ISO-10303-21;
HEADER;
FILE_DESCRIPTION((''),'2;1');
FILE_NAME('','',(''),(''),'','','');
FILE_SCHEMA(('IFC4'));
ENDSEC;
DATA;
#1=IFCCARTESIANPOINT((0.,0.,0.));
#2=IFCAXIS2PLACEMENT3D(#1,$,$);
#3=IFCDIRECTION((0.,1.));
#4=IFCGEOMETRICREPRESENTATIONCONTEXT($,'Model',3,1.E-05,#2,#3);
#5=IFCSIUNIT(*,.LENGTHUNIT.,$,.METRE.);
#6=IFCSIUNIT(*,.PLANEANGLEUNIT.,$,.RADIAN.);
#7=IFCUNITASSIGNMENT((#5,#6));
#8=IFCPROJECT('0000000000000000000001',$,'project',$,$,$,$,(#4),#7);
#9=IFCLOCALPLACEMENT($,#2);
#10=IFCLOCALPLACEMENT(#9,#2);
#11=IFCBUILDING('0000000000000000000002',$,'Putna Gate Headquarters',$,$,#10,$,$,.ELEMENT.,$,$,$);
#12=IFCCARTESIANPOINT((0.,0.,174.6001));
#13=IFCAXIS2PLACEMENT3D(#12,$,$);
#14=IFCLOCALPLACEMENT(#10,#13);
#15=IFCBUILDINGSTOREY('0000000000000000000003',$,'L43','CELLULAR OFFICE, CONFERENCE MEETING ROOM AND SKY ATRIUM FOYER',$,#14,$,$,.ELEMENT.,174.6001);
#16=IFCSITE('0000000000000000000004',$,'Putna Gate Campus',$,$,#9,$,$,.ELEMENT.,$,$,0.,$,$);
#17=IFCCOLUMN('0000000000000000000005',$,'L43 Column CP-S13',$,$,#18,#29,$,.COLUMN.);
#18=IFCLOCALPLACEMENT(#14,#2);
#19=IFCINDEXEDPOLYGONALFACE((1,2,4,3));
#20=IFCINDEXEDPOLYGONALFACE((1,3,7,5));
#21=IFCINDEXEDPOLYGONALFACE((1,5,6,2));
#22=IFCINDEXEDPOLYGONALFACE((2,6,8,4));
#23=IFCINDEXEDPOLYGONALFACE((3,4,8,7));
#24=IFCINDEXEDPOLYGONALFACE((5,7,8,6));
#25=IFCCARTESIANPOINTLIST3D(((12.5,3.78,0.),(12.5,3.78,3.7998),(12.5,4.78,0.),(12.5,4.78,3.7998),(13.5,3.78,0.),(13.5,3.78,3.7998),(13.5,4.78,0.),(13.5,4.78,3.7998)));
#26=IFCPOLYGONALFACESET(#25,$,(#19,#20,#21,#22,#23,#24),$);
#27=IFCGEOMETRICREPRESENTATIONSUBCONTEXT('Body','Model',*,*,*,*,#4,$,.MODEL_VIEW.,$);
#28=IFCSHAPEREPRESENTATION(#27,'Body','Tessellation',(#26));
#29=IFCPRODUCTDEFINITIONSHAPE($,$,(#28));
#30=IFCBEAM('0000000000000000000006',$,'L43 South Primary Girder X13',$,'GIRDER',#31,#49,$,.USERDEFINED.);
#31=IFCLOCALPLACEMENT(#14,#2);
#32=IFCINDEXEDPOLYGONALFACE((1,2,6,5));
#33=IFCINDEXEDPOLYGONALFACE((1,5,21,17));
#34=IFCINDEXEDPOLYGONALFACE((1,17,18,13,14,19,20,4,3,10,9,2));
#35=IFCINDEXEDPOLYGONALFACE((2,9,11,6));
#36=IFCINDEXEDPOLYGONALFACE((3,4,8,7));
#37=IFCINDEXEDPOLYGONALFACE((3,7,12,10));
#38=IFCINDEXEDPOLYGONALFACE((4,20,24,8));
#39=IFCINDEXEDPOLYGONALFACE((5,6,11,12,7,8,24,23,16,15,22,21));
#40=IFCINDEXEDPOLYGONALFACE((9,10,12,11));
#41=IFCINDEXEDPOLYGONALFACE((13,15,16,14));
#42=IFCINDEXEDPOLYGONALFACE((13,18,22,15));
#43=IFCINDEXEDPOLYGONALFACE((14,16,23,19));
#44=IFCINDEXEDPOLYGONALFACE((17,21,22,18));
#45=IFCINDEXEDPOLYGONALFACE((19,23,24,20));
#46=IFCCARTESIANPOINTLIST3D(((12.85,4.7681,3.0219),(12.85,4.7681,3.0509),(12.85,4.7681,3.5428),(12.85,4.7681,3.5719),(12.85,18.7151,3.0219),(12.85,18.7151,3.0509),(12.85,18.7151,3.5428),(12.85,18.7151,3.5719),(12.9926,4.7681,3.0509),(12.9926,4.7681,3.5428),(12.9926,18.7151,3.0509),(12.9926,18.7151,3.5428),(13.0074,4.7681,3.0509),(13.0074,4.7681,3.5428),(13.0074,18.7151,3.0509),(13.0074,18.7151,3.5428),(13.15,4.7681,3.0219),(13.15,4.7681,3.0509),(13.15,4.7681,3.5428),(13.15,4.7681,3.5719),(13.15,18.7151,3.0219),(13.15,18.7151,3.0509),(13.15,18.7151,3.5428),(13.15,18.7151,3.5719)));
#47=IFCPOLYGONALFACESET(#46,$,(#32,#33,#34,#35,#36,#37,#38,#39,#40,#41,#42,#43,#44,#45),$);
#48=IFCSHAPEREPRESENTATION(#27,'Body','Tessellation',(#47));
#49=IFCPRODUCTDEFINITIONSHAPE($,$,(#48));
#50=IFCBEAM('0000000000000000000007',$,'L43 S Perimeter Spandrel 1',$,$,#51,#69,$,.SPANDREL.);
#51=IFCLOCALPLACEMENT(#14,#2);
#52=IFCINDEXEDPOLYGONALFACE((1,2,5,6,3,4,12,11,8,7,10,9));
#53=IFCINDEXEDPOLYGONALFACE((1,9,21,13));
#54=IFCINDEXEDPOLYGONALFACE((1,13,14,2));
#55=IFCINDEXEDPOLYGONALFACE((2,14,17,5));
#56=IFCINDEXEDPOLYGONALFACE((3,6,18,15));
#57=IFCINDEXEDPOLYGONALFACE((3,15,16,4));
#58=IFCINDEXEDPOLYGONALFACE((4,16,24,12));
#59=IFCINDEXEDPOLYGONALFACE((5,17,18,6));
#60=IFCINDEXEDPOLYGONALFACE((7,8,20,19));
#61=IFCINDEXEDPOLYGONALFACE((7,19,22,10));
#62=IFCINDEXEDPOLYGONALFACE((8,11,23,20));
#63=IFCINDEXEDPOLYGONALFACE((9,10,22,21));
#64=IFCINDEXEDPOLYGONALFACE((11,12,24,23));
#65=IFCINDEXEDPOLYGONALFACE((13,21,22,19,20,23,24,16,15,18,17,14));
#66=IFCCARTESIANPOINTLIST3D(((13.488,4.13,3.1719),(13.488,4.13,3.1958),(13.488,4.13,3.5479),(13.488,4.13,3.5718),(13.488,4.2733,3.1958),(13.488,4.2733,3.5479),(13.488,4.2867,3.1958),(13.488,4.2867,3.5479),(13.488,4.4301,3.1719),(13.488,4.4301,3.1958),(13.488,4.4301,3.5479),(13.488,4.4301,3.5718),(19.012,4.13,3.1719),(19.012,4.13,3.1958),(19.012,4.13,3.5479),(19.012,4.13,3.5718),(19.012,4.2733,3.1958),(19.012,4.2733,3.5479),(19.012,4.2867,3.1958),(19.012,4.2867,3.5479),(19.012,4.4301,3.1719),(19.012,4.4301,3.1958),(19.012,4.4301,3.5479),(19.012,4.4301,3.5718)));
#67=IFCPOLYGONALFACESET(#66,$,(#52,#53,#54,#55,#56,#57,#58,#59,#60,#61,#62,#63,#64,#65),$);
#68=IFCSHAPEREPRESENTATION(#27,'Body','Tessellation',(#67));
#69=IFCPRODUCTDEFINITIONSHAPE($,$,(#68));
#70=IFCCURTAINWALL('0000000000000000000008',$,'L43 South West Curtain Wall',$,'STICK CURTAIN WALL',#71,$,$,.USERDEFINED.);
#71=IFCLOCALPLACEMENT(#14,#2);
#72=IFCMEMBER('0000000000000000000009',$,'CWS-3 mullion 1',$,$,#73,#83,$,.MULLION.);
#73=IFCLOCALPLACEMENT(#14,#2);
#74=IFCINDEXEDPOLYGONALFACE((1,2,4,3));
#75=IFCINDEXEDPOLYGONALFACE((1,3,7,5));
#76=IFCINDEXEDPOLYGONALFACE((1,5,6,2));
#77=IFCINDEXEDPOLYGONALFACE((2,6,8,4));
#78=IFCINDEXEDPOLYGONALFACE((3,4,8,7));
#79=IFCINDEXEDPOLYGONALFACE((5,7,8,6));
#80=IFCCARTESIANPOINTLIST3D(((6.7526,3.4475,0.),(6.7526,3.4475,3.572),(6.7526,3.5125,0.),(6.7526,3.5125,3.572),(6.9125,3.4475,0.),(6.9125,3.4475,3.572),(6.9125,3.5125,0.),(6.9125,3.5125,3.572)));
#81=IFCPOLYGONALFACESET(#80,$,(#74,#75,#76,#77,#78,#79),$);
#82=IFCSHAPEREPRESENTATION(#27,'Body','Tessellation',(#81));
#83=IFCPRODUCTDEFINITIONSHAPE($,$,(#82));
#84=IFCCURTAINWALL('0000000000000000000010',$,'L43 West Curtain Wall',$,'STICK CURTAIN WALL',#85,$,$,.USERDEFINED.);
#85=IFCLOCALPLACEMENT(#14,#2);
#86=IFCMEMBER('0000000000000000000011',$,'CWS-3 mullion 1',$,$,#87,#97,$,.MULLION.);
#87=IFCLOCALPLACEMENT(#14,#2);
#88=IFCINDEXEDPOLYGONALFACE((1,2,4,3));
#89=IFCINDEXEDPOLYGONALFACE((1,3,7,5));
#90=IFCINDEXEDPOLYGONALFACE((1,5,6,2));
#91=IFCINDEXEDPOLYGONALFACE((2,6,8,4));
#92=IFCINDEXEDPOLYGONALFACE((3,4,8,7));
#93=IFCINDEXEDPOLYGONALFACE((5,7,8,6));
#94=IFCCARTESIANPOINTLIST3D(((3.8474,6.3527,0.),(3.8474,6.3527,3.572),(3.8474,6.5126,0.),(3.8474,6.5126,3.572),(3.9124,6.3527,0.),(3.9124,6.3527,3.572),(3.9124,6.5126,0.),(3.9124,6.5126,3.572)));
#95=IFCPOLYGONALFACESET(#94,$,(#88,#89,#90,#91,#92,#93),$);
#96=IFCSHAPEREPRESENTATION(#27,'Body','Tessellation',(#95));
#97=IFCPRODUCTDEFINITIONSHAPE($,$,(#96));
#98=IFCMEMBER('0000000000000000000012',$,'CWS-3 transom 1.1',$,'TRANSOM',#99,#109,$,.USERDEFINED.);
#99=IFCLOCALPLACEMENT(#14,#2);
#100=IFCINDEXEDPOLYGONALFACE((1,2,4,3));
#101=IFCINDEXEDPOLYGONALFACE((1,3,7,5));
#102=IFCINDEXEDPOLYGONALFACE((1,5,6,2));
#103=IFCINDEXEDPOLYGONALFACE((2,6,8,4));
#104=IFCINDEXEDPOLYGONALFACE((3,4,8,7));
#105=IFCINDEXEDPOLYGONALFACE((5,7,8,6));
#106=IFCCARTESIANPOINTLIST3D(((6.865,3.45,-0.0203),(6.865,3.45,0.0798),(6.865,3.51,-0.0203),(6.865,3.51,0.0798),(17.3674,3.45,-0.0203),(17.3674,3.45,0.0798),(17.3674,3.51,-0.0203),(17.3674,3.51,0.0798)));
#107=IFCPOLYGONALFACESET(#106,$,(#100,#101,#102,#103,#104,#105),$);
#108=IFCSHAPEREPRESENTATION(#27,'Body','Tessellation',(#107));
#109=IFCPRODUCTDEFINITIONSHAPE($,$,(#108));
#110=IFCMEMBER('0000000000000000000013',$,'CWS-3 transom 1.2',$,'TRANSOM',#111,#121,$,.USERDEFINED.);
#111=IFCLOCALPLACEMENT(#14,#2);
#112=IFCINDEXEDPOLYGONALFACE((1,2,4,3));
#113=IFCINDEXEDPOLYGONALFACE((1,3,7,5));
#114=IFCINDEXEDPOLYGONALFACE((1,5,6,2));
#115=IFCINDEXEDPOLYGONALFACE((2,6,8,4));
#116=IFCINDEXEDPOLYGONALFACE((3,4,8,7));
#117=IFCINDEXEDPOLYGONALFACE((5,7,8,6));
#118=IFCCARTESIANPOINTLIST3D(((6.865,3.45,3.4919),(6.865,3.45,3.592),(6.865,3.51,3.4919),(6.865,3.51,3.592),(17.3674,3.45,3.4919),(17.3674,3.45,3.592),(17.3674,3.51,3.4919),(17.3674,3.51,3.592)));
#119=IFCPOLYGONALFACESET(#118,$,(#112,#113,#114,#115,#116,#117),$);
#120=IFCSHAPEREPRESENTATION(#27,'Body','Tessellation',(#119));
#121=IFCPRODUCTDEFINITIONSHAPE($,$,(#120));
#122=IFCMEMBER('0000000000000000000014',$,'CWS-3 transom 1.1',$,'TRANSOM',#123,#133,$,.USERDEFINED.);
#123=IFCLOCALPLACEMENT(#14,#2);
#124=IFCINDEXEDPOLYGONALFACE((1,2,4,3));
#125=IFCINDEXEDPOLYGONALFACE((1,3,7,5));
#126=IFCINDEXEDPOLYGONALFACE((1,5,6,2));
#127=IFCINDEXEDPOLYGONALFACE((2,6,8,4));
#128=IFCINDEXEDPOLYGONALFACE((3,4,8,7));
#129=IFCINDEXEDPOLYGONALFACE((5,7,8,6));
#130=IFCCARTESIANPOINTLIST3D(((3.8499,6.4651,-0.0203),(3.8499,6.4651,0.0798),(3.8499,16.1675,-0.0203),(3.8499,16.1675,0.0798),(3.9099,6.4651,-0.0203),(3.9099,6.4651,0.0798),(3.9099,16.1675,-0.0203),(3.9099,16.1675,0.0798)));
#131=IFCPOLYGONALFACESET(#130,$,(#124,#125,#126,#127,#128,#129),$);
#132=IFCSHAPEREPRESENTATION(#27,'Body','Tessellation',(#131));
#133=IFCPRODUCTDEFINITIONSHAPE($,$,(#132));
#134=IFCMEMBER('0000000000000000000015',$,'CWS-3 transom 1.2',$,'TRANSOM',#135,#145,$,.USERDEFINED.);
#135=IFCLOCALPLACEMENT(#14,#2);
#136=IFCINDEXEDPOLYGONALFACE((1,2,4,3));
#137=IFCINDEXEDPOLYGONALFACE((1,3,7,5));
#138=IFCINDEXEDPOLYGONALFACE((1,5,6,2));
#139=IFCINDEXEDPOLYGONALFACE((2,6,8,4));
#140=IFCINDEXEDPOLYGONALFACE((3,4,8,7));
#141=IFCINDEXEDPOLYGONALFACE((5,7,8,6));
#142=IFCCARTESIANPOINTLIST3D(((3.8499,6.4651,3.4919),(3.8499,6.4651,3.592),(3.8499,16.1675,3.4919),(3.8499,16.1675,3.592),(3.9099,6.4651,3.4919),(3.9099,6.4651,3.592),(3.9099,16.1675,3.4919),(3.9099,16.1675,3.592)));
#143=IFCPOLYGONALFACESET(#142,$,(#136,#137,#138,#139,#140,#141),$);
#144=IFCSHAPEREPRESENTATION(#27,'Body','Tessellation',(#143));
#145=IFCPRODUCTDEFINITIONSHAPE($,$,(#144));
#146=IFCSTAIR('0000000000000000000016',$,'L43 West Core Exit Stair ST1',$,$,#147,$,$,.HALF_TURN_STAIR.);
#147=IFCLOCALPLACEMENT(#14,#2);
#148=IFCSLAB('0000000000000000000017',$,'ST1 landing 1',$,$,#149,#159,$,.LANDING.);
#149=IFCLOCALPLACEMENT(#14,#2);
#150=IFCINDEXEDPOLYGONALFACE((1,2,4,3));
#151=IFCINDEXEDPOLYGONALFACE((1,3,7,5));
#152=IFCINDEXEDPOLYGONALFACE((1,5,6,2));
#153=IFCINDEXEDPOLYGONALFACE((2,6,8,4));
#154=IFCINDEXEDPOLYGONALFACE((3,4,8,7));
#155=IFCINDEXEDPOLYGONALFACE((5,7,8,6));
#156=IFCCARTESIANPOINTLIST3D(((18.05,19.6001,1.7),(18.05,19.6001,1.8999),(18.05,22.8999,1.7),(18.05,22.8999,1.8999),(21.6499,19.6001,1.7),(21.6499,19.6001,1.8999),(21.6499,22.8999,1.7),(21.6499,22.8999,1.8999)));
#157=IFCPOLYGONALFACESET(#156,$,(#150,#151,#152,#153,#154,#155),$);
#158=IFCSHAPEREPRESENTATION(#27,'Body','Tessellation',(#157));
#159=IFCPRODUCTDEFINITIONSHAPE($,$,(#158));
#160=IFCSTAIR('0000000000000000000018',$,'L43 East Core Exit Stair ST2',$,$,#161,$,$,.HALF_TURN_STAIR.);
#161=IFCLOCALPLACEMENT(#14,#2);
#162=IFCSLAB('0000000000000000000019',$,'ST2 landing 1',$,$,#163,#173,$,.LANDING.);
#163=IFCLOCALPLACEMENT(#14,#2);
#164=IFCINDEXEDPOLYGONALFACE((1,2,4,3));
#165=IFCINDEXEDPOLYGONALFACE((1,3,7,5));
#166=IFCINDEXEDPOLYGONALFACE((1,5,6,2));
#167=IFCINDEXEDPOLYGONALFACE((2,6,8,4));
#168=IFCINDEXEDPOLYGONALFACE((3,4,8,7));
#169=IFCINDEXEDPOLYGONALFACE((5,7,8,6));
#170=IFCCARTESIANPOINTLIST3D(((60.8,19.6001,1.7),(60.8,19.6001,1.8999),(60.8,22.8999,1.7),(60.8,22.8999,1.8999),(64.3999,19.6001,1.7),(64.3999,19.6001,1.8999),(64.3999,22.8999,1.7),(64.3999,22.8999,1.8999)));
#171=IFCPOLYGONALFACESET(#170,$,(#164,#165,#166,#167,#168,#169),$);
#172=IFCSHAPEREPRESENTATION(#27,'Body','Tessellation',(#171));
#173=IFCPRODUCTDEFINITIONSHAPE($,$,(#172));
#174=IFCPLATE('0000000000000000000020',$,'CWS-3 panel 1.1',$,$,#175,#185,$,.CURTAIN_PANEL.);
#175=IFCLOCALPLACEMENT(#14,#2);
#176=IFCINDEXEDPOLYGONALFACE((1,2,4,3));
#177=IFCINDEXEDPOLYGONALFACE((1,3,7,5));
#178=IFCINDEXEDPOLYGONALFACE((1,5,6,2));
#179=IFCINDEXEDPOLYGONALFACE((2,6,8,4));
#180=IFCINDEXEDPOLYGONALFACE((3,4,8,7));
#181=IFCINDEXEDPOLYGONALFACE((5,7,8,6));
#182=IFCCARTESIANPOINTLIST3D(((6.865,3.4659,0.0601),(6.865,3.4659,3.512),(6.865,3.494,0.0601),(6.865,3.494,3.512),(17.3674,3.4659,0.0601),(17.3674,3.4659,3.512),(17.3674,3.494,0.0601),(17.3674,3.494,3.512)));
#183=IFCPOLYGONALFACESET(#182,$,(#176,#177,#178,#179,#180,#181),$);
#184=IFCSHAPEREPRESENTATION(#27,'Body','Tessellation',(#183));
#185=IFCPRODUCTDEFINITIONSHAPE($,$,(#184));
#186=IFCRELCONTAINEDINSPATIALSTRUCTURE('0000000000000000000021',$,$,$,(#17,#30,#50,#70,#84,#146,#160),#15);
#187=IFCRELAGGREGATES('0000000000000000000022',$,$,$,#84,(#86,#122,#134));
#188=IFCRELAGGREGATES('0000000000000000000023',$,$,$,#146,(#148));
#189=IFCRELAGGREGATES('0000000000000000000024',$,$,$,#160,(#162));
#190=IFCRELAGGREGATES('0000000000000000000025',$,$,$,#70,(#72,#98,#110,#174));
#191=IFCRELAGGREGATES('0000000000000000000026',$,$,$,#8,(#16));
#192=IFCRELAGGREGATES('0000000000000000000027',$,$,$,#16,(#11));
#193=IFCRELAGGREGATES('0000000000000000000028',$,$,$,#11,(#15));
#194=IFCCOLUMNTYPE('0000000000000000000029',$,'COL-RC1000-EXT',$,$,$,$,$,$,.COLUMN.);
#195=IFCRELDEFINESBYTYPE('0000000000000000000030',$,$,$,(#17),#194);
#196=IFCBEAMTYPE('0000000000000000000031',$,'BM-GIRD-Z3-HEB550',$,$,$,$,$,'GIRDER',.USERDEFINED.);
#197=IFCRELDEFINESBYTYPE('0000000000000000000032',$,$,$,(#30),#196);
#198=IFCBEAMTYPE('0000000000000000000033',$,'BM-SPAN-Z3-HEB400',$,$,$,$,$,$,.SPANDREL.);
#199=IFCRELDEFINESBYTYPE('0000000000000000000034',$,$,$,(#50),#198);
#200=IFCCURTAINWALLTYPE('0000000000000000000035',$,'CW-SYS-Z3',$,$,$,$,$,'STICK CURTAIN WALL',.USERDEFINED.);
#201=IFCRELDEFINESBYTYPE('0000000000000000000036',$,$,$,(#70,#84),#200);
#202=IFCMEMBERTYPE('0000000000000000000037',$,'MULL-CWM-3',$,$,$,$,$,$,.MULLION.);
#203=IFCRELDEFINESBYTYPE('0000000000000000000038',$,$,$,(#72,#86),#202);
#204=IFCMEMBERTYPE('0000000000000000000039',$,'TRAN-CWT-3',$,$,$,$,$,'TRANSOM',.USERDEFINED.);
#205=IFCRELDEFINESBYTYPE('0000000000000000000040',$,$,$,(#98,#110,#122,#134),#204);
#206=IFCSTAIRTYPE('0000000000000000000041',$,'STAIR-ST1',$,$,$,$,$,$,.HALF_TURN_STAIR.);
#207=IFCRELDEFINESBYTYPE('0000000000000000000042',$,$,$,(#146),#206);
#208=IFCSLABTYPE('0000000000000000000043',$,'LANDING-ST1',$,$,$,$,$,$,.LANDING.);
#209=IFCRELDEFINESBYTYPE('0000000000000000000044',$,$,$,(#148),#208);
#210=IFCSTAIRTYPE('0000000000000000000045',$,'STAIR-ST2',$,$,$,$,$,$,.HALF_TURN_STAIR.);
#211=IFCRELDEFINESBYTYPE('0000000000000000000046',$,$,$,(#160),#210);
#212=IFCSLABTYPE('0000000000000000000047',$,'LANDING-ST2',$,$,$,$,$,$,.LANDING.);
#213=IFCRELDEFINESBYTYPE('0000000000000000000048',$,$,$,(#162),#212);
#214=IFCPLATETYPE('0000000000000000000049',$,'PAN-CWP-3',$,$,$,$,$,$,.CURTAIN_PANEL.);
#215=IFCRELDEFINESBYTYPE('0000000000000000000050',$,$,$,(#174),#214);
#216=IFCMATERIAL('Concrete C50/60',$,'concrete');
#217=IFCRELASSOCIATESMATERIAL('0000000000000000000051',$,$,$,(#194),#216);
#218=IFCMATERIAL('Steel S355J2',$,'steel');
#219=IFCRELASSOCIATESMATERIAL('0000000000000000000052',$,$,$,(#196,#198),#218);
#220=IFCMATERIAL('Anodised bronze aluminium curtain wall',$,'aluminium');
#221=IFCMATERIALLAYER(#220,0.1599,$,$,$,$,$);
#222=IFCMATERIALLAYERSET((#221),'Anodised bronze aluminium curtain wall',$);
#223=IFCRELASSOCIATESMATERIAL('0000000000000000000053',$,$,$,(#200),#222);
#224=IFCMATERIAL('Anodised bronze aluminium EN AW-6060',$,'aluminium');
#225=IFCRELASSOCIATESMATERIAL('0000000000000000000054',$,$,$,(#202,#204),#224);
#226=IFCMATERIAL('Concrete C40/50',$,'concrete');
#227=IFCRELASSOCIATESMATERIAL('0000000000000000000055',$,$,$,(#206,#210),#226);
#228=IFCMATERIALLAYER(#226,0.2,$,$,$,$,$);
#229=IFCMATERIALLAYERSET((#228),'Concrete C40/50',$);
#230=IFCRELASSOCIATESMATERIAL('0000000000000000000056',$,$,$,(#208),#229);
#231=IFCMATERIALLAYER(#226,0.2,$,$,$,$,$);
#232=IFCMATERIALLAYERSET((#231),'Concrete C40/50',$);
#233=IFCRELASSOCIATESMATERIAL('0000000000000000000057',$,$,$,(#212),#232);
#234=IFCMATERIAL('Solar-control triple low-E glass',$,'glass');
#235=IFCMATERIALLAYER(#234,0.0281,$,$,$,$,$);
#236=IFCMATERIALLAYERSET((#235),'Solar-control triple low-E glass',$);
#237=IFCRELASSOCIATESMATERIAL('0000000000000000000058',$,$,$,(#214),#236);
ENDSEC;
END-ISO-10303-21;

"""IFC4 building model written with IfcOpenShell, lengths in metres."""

from ifc_helpers import new_model, si_unit, direction, frame, origin, origin_2d, place, context, subcontext, project, spatial, polyline, rectangle, i_section, outline, extrude, material, layer, layer_set, material_profile, profile_set, type_object, element, aggregate, save


model = new_model("IFC4")

# Units and contexts
model_context = context("Model", 3, precision=1e-05, world=origin(), true_north=direction((0.0, 1.0)))
body_context = subcontext(model_context, "Body", "Model", "MODEL_VIEW")
ifc_project = project(units=[si_unit("LENGTHUNIT", "METRE"), si_unit("PLANEANGLEUNIT", "RADIAN")], contexts=[model_context])

# Site, building, storey
site_placement = place(None, origin())
site = spatial("IfcSite", under=ifc_project, at=site_placement, Name="Putna Gate Campus", CompositionType="ELEMENT", RefElevation=0.0)
building_placement = place(site_placement, origin())
building = spatial("IfcBuilding", under=site, at=building_placement, Name="Putna Gate Headquarters", CompositionType="ELEMENT")
storey_placement = place(building_placement, frame((0.0, 0.0, 174.6001)))
storey = spatial("IfcBuildingStorey", under=building, at=storey_placement, Name="L43", Description="CELLULAR OFFICE, CONFERENCE MEETING ROOM AND SKY ATRIUM FOYER", CompositionType="ELEMENT", Elevation=174.6001)

# Column
ifc_material_1 = material(Name="Concrete C50/60", Category="concrete")
ifc_material_profile_1 = material_profile(ifc_material_1, rectangle(XDim=1.0, YDim=1.0, at=origin_2d()), Name="Concrete C50/60")
ifc_profile_set_1 = profile_set([ifc_material_profile_1], Name="Concrete C50/60")
column_type = type_object("IfcColumnType", Name="COL-RC1000-EXT", PredefinedType="COLUMN", material=ifc_profile_set_1)
column_placement = place(storey_placement, frame((13.0, 4.28, 0.0), z_axis=(0.0, 0.0, 1.0), x_axis=(1.0, 0.0, 0.0)))
element("IfcColumn", 1, at=column_placement, inside=storey, type_object=column_type, Name="L43 Column CP-S13", PredefinedType="COLUMN", context=body_context, shape_type="SweptSolid", body=[
    extrude(rectangle(XDim=1.0, YDim=1.0, at=origin_2d()), origin(), (0.0, 0.0, 1.0), 3.7998),
])

# Beams
ifc_material_2 = material(Name="Steel S355J2", Category="steel")
ifc_material_profile_2 = material_profile(ifc_material_2, i_section(OverallWidth=0.3, OverallDepth=0.55, WebThickness=0.0149, FlangeThickness=0.0291, at=origin_2d()), Name="Steel S355J2")
ifc_profile_set_2 = profile_set([ifc_material_profile_2], Name="Steel S355J2")
beam_type_1 = type_object("IfcBeamType", Name="BM-GIRD-Z3-HEB550", ElementType="GIRDER", PredefinedType="USERDEFINED", material=ifc_profile_set_2)
beam_1_placement = place(storey_placement, frame((13.0, 4.7681, 3.2969), z_axis=(0.0, 1.0, 0.0), x_axis=(-1.0, 0.0, 0.0)))
element("IfcBeam", 2, at=beam_1_placement, inside=storey, type_object=beam_type_1, Name="L43 South Primary Girder X13", ObjectType="GIRDER", PredefinedType="USERDEFINED", context=body_context, shape_type="SweptSolid", body=[
    extrude(i_section(OverallWidth=0.3, OverallDepth=0.55, WebThickness=0.0149, FlangeThickness=0.0291, at=origin_2d()), origin(), (0.0, 0.0, 1.0), 13.947),
])
ifc_material_profile_3 = material_profile(ifc_material_2, i_section(OverallWidth=0.3, OverallDepth=0.3999, WebThickness=0.0134, FlangeThickness=0.0239, at=origin_2d()), Name="Steel S355J2")
ifc_profile_set_3 = profile_set([ifc_material_profile_3], Name="Steel S355J2")
beam_type_2 = type_object("IfcBeamType", Name="BM-SPAN-Z3-HEB400", PredefinedType="SPANDREL", material=ifc_profile_set_3)
beam_2_placement = place(storey_placement, frame((13.488, 4.28, 3.3718), z_axis=(1.0, 0.0, 0.0), x_axis=(0.0, 1.0, 0.0)))
element("IfcBeam", 3, at=beam_2_placement, inside=storey, type_object=beam_type_2, Name="L43 S Perimeter Spandrel 1", PredefinedType="SPANDREL", context=body_context, shape_type="SweptSolid", body=[
    extrude(i_section(OverallWidth=0.3, OverallDepth=0.3999, WebThickness=0.0134, FlangeThickness=0.0239, at=origin_2d()), origin(), (0.0, 0.0, 1.0), 5.5239),
])

# Curtain walls, members
ifc_material_3 = material(Name="Anodised bronze aluminium curtain wall", Category="aluminium")
ifc_layer_1 = layer(ifc_material_3, 0.1599)
ifc_layer_set_1 = layer_set([ifc_layer_1], Name="Anodised bronze aluminium curtain wall")
curtain_wall_type = type_object("IfcCurtainWallType", Name="CW-SYS-Z3", ElementType="STICK CURTAIN WALL", PredefinedType="USERDEFINED", material=ifc_layer_set_1)
curtain_wall_1_placement = place(storey_placement, origin())
curtain_wall_1 = element("IfcCurtainWall", 4, at=curtain_wall_1_placement, inside=storey, type_object=curtain_wall_type, Name="L43 South West Curtain Wall", ObjectType="STICK CURTAIN WALL", PredefinedType="USERDEFINED")
ifc_material_4 = material(Name="Anodised bronze aluminium EN AW-6060", Category="aluminium")
ifc_material_profile_4 = material_profile(ifc_material_4, rectangle(XDim=0.0649, YDim=0.1599, at=origin_2d()), Name="Anodised bronze aluminium EN AW-6060")
ifc_profile_set_4 = profile_set([ifc_material_profile_4], Name="Anodised bronze aluminium EN AW-6060")
member_type_1 = type_object("IfcMemberType", Name="MULL-CWM-3", PredefinedType="MULLION", material=ifc_profile_set_4)
member_1_placement = place(storey_placement, frame((6.8325, 3.48, 0.0), z_axis=(0.0, 0.0, 1.0), x_axis=(0.0, 1.0, 0.0)))
member_1 = element("IfcMember", 5, at=member_1_placement, type_object=member_type_1, Name="CWS-3 mullion 1", PredefinedType="MULLION", context=body_context, shape_type="SweptSolid", body=[
    extrude(rectangle(XDim=0.0649, YDim=0.1599, at=origin_2d()), origin(), (0.0, 0.0, 1.0), 3.572),
])
curtain_wall_2_placement = place(storey_placement, origin())
curtain_wall_2 = element("IfcCurtainWall", 6, at=curtain_wall_2_placement, inside=storey, type_object=curtain_wall_type, Name="L43 West Curtain Wall", ObjectType="STICK CURTAIN WALL", PredefinedType="USERDEFINED")
member_2_placement = place(storey_placement, frame((3.8799, 6.4326, 0.0), z_axis=(0.0, 0.0, 1.0), x_axis=(-1.0, 0.0, 0.0)))
member_2 = element("IfcMember", 7, at=member_2_placement, type_object=member_type_1, Name="CWS-3 mullion 1", PredefinedType="MULLION", context=body_context, shape_type="SweptSolid", body=[
    extrude(rectangle(XDim=0.0649, YDim=0.1599, at=origin_2d()), origin(), (0.0, 0.0, 1.0), 3.572),
])

# Members
ifc_material_profile_5 = material_profile(ifc_material_4, rectangle(XDim=0.0601, YDim=0.1001, at=origin_2d()), Name="Anodised bronze aluminium EN AW-6060")
ifc_profile_set_5 = profile_set([ifc_material_profile_5], Name="Anodised bronze aluminium EN AW-6060")
member_type_2 = type_object("IfcMemberType", Name="TRAN-CWT-3", ElementType="TRANSOM", PredefinedType="USERDEFINED", material=ifc_profile_set_5)
member_3_placement = place(storey_placement, frame((6.865, 3.48, 0.0298), z_axis=(1.0, 0.0, 0.0), x_axis=(0.0, 1.0, 0.0)))
member_3 = element("IfcMember", 8, at=member_3_placement, type_object=member_type_2, Name="CWS-3 transom 1.1", ObjectType="TRANSOM", PredefinedType="USERDEFINED", context=body_context, shape_type="SweptSolid", body=[
    extrude(rectangle(XDim=0.0601, YDim=0.1001, at=origin_2d()), origin(), (0.0, 0.0, 1.0), 10.5024),
])
member_4_placement = place(storey_placement, frame((6.865, 3.48, 3.542), z_axis=(1.0, 0.0, 0.0), x_axis=(0.0, 1.0, 0.0)))
member_4 = element("IfcMember", 9, at=member_4_placement, type_object=member_type_2, Name="CWS-3 transom 1.2", ObjectType="TRANSOM", PredefinedType="USERDEFINED", context=body_context, shape_type="SweptSolid", body=[
    extrude(rectangle(XDim=0.0601, YDim=0.1001, at=origin_2d()), origin(), (0.0, 0.0, 1.0), 10.5024),
])
member_5_placement = place(storey_placement, frame((3.8799, 6.4651, 0.0298), z_axis=(0.0, 1.0, 0.0), x_axis=(-1.0, 0.0, 0.0)))
member_5 = element("IfcMember", 10, at=member_5_placement, type_object=member_type_2, Name="CWS-3 transom 1.1", ObjectType="TRANSOM", PredefinedType="USERDEFINED", context=body_context, shape_type="SweptSolid", body=[
    extrude(rectangle(XDim=0.0601, YDim=0.1001, at=origin_2d()), origin(), (0.0, 0.0, 1.0), 9.7024),
])
member_6_placement = place(storey_placement, frame((3.8799, 6.4651, 3.542), z_axis=(0.0, 1.0, 0.0), x_axis=(-1.0, 0.0, 0.0)))
member_6 = element("IfcMember", 11, at=member_6_placement, type_object=member_type_2, Name="CWS-3 transom 1.2", ObjectType="TRANSOM", PredefinedType="USERDEFINED", context=body_context, shape_type="SweptSolid", body=[
    extrude(rectangle(XDim=0.0601, YDim=0.1001, at=origin_2d()), origin(), (0.0, 0.0, 1.0), 9.7024),
])
aggregate(curtain_wall_2, [member_2, member_5, member_6])

# Stairs, slabs
ifc_material_5 = material(Name="Concrete C40/50", Category="concrete")
stair_type_1 = type_object("IfcStairType", Name="STAIR-ST1", PredefinedType="HALF_TURN_STAIR", material=ifc_material_5)
stair_1_placement = place(storey_placement, origin())
stair_1 = element("IfcStair", 12, at=stair_1_placement, inside=storey, type_object=stair_type_1, Name="L43 West Core Exit Stair ST1", PredefinedType="HALF_TURN_STAIR")
ifc_layer_2 = layer(ifc_material_5, 0.2)
ifc_layer_set_2 = layer_set([ifc_layer_2], Name="Concrete C40/50")
slab_type_1 = type_object("IfcSlabType", Name="LANDING-ST1", PredefinedType="LANDING", material=ifc_layer_set_2)
slab_1_placement = place(storey_placement, frame((0.0, 0.0, 1.7)))
slab_1 = element("IfcSlab", 13, at=slab_1_placement, type_object=slab_type_1, Name="ST1 landing 1", PredefinedType="LANDING", context=body_context, shape_type="SweptSolid", body=[
    extrude(outline(polyline([(18.05, 19.6001), (21.6499, 19.6001), (21.6499, 22.8999), (18.05, 22.8999), (18.05, 19.6001)])), origin(), (0.0, 0.0, 1.0), 0.2),
])
aggregate(stair_1, [slab_1])
stair_type_2 = type_object("IfcStairType", Name="STAIR-ST2", PredefinedType="HALF_TURN_STAIR", material=ifc_material_5)
stair_2_placement = place(storey_placement, origin())
stair_2 = element("IfcStair", 14, at=stair_2_placement, inside=storey, type_object=stair_type_2, Name="L43 East Core Exit Stair ST2", PredefinedType="HALF_TURN_STAIR")
ifc_layer_3 = layer(ifc_material_5, 0.2)
ifc_layer_set_3 = layer_set([ifc_layer_3], Name="Concrete C40/50")
slab_type_2 = type_object("IfcSlabType", Name="LANDING-ST2", PredefinedType="LANDING", material=ifc_layer_set_3)
slab_2_placement = place(storey_placement, frame((0.0, 0.0, 1.7)))
slab_2 = element("IfcSlab", 15, at=slab_2_placement, type_object=slab_type_2, Name="ST2 landing 1", PredefinedType="LANDING", context=body_context, shape_type="SweptSolid", body=[
    extrude(outline(polyline([(60.8, 19.6001), (64.3999, 19.6001), (64.3999, 22.8999), (60.8, 22.8999), (60.8, 19.6001)])), origin(), (0.0, 0.0, 1.0), 0.2),
])
aggregate(stair_2, [slab_2])

# Plate
ifc_material_6 = material(Name="Solar-control triple low-E glass", Category="glass")
ifc_layer_4 = layer(ifc_material_6, 0.0281)
ifc_layer_set_4 = layer_set([ifc_layer_4], Name="Solar-control triple low-E glass")
plate_type = type_object("IfcPlateType", Name="PAN-CWP-3", PredefinedType="CURTAIN_PANEL", material=ifc_layer_set_4)
plate_placement = place(storey_placement, frame((12.1162, 3.48, 0.0601), z_axis=(0.0, 0.0, 1.0), x_axis=(1.0, 0.0, 0.0)))
plate = element("IfcPlate", 16, at=plate_placement, type_object=plate_type, Name="CWS-3 panel 1.1", PredefinedType="CURTAIN_PANEL", context=body_context, shape_type="SweptSolid", body=[
    extrude(rectangle(XDim=10.5024, YDim=0.0281, at=origin_2d()), origin(), (0.0, 0.0, 1.0), 3.4519),
])
aggregate(curtain_wall_1, [member_1, member_3, member_4, plate])

save(model, "model.ifc")
